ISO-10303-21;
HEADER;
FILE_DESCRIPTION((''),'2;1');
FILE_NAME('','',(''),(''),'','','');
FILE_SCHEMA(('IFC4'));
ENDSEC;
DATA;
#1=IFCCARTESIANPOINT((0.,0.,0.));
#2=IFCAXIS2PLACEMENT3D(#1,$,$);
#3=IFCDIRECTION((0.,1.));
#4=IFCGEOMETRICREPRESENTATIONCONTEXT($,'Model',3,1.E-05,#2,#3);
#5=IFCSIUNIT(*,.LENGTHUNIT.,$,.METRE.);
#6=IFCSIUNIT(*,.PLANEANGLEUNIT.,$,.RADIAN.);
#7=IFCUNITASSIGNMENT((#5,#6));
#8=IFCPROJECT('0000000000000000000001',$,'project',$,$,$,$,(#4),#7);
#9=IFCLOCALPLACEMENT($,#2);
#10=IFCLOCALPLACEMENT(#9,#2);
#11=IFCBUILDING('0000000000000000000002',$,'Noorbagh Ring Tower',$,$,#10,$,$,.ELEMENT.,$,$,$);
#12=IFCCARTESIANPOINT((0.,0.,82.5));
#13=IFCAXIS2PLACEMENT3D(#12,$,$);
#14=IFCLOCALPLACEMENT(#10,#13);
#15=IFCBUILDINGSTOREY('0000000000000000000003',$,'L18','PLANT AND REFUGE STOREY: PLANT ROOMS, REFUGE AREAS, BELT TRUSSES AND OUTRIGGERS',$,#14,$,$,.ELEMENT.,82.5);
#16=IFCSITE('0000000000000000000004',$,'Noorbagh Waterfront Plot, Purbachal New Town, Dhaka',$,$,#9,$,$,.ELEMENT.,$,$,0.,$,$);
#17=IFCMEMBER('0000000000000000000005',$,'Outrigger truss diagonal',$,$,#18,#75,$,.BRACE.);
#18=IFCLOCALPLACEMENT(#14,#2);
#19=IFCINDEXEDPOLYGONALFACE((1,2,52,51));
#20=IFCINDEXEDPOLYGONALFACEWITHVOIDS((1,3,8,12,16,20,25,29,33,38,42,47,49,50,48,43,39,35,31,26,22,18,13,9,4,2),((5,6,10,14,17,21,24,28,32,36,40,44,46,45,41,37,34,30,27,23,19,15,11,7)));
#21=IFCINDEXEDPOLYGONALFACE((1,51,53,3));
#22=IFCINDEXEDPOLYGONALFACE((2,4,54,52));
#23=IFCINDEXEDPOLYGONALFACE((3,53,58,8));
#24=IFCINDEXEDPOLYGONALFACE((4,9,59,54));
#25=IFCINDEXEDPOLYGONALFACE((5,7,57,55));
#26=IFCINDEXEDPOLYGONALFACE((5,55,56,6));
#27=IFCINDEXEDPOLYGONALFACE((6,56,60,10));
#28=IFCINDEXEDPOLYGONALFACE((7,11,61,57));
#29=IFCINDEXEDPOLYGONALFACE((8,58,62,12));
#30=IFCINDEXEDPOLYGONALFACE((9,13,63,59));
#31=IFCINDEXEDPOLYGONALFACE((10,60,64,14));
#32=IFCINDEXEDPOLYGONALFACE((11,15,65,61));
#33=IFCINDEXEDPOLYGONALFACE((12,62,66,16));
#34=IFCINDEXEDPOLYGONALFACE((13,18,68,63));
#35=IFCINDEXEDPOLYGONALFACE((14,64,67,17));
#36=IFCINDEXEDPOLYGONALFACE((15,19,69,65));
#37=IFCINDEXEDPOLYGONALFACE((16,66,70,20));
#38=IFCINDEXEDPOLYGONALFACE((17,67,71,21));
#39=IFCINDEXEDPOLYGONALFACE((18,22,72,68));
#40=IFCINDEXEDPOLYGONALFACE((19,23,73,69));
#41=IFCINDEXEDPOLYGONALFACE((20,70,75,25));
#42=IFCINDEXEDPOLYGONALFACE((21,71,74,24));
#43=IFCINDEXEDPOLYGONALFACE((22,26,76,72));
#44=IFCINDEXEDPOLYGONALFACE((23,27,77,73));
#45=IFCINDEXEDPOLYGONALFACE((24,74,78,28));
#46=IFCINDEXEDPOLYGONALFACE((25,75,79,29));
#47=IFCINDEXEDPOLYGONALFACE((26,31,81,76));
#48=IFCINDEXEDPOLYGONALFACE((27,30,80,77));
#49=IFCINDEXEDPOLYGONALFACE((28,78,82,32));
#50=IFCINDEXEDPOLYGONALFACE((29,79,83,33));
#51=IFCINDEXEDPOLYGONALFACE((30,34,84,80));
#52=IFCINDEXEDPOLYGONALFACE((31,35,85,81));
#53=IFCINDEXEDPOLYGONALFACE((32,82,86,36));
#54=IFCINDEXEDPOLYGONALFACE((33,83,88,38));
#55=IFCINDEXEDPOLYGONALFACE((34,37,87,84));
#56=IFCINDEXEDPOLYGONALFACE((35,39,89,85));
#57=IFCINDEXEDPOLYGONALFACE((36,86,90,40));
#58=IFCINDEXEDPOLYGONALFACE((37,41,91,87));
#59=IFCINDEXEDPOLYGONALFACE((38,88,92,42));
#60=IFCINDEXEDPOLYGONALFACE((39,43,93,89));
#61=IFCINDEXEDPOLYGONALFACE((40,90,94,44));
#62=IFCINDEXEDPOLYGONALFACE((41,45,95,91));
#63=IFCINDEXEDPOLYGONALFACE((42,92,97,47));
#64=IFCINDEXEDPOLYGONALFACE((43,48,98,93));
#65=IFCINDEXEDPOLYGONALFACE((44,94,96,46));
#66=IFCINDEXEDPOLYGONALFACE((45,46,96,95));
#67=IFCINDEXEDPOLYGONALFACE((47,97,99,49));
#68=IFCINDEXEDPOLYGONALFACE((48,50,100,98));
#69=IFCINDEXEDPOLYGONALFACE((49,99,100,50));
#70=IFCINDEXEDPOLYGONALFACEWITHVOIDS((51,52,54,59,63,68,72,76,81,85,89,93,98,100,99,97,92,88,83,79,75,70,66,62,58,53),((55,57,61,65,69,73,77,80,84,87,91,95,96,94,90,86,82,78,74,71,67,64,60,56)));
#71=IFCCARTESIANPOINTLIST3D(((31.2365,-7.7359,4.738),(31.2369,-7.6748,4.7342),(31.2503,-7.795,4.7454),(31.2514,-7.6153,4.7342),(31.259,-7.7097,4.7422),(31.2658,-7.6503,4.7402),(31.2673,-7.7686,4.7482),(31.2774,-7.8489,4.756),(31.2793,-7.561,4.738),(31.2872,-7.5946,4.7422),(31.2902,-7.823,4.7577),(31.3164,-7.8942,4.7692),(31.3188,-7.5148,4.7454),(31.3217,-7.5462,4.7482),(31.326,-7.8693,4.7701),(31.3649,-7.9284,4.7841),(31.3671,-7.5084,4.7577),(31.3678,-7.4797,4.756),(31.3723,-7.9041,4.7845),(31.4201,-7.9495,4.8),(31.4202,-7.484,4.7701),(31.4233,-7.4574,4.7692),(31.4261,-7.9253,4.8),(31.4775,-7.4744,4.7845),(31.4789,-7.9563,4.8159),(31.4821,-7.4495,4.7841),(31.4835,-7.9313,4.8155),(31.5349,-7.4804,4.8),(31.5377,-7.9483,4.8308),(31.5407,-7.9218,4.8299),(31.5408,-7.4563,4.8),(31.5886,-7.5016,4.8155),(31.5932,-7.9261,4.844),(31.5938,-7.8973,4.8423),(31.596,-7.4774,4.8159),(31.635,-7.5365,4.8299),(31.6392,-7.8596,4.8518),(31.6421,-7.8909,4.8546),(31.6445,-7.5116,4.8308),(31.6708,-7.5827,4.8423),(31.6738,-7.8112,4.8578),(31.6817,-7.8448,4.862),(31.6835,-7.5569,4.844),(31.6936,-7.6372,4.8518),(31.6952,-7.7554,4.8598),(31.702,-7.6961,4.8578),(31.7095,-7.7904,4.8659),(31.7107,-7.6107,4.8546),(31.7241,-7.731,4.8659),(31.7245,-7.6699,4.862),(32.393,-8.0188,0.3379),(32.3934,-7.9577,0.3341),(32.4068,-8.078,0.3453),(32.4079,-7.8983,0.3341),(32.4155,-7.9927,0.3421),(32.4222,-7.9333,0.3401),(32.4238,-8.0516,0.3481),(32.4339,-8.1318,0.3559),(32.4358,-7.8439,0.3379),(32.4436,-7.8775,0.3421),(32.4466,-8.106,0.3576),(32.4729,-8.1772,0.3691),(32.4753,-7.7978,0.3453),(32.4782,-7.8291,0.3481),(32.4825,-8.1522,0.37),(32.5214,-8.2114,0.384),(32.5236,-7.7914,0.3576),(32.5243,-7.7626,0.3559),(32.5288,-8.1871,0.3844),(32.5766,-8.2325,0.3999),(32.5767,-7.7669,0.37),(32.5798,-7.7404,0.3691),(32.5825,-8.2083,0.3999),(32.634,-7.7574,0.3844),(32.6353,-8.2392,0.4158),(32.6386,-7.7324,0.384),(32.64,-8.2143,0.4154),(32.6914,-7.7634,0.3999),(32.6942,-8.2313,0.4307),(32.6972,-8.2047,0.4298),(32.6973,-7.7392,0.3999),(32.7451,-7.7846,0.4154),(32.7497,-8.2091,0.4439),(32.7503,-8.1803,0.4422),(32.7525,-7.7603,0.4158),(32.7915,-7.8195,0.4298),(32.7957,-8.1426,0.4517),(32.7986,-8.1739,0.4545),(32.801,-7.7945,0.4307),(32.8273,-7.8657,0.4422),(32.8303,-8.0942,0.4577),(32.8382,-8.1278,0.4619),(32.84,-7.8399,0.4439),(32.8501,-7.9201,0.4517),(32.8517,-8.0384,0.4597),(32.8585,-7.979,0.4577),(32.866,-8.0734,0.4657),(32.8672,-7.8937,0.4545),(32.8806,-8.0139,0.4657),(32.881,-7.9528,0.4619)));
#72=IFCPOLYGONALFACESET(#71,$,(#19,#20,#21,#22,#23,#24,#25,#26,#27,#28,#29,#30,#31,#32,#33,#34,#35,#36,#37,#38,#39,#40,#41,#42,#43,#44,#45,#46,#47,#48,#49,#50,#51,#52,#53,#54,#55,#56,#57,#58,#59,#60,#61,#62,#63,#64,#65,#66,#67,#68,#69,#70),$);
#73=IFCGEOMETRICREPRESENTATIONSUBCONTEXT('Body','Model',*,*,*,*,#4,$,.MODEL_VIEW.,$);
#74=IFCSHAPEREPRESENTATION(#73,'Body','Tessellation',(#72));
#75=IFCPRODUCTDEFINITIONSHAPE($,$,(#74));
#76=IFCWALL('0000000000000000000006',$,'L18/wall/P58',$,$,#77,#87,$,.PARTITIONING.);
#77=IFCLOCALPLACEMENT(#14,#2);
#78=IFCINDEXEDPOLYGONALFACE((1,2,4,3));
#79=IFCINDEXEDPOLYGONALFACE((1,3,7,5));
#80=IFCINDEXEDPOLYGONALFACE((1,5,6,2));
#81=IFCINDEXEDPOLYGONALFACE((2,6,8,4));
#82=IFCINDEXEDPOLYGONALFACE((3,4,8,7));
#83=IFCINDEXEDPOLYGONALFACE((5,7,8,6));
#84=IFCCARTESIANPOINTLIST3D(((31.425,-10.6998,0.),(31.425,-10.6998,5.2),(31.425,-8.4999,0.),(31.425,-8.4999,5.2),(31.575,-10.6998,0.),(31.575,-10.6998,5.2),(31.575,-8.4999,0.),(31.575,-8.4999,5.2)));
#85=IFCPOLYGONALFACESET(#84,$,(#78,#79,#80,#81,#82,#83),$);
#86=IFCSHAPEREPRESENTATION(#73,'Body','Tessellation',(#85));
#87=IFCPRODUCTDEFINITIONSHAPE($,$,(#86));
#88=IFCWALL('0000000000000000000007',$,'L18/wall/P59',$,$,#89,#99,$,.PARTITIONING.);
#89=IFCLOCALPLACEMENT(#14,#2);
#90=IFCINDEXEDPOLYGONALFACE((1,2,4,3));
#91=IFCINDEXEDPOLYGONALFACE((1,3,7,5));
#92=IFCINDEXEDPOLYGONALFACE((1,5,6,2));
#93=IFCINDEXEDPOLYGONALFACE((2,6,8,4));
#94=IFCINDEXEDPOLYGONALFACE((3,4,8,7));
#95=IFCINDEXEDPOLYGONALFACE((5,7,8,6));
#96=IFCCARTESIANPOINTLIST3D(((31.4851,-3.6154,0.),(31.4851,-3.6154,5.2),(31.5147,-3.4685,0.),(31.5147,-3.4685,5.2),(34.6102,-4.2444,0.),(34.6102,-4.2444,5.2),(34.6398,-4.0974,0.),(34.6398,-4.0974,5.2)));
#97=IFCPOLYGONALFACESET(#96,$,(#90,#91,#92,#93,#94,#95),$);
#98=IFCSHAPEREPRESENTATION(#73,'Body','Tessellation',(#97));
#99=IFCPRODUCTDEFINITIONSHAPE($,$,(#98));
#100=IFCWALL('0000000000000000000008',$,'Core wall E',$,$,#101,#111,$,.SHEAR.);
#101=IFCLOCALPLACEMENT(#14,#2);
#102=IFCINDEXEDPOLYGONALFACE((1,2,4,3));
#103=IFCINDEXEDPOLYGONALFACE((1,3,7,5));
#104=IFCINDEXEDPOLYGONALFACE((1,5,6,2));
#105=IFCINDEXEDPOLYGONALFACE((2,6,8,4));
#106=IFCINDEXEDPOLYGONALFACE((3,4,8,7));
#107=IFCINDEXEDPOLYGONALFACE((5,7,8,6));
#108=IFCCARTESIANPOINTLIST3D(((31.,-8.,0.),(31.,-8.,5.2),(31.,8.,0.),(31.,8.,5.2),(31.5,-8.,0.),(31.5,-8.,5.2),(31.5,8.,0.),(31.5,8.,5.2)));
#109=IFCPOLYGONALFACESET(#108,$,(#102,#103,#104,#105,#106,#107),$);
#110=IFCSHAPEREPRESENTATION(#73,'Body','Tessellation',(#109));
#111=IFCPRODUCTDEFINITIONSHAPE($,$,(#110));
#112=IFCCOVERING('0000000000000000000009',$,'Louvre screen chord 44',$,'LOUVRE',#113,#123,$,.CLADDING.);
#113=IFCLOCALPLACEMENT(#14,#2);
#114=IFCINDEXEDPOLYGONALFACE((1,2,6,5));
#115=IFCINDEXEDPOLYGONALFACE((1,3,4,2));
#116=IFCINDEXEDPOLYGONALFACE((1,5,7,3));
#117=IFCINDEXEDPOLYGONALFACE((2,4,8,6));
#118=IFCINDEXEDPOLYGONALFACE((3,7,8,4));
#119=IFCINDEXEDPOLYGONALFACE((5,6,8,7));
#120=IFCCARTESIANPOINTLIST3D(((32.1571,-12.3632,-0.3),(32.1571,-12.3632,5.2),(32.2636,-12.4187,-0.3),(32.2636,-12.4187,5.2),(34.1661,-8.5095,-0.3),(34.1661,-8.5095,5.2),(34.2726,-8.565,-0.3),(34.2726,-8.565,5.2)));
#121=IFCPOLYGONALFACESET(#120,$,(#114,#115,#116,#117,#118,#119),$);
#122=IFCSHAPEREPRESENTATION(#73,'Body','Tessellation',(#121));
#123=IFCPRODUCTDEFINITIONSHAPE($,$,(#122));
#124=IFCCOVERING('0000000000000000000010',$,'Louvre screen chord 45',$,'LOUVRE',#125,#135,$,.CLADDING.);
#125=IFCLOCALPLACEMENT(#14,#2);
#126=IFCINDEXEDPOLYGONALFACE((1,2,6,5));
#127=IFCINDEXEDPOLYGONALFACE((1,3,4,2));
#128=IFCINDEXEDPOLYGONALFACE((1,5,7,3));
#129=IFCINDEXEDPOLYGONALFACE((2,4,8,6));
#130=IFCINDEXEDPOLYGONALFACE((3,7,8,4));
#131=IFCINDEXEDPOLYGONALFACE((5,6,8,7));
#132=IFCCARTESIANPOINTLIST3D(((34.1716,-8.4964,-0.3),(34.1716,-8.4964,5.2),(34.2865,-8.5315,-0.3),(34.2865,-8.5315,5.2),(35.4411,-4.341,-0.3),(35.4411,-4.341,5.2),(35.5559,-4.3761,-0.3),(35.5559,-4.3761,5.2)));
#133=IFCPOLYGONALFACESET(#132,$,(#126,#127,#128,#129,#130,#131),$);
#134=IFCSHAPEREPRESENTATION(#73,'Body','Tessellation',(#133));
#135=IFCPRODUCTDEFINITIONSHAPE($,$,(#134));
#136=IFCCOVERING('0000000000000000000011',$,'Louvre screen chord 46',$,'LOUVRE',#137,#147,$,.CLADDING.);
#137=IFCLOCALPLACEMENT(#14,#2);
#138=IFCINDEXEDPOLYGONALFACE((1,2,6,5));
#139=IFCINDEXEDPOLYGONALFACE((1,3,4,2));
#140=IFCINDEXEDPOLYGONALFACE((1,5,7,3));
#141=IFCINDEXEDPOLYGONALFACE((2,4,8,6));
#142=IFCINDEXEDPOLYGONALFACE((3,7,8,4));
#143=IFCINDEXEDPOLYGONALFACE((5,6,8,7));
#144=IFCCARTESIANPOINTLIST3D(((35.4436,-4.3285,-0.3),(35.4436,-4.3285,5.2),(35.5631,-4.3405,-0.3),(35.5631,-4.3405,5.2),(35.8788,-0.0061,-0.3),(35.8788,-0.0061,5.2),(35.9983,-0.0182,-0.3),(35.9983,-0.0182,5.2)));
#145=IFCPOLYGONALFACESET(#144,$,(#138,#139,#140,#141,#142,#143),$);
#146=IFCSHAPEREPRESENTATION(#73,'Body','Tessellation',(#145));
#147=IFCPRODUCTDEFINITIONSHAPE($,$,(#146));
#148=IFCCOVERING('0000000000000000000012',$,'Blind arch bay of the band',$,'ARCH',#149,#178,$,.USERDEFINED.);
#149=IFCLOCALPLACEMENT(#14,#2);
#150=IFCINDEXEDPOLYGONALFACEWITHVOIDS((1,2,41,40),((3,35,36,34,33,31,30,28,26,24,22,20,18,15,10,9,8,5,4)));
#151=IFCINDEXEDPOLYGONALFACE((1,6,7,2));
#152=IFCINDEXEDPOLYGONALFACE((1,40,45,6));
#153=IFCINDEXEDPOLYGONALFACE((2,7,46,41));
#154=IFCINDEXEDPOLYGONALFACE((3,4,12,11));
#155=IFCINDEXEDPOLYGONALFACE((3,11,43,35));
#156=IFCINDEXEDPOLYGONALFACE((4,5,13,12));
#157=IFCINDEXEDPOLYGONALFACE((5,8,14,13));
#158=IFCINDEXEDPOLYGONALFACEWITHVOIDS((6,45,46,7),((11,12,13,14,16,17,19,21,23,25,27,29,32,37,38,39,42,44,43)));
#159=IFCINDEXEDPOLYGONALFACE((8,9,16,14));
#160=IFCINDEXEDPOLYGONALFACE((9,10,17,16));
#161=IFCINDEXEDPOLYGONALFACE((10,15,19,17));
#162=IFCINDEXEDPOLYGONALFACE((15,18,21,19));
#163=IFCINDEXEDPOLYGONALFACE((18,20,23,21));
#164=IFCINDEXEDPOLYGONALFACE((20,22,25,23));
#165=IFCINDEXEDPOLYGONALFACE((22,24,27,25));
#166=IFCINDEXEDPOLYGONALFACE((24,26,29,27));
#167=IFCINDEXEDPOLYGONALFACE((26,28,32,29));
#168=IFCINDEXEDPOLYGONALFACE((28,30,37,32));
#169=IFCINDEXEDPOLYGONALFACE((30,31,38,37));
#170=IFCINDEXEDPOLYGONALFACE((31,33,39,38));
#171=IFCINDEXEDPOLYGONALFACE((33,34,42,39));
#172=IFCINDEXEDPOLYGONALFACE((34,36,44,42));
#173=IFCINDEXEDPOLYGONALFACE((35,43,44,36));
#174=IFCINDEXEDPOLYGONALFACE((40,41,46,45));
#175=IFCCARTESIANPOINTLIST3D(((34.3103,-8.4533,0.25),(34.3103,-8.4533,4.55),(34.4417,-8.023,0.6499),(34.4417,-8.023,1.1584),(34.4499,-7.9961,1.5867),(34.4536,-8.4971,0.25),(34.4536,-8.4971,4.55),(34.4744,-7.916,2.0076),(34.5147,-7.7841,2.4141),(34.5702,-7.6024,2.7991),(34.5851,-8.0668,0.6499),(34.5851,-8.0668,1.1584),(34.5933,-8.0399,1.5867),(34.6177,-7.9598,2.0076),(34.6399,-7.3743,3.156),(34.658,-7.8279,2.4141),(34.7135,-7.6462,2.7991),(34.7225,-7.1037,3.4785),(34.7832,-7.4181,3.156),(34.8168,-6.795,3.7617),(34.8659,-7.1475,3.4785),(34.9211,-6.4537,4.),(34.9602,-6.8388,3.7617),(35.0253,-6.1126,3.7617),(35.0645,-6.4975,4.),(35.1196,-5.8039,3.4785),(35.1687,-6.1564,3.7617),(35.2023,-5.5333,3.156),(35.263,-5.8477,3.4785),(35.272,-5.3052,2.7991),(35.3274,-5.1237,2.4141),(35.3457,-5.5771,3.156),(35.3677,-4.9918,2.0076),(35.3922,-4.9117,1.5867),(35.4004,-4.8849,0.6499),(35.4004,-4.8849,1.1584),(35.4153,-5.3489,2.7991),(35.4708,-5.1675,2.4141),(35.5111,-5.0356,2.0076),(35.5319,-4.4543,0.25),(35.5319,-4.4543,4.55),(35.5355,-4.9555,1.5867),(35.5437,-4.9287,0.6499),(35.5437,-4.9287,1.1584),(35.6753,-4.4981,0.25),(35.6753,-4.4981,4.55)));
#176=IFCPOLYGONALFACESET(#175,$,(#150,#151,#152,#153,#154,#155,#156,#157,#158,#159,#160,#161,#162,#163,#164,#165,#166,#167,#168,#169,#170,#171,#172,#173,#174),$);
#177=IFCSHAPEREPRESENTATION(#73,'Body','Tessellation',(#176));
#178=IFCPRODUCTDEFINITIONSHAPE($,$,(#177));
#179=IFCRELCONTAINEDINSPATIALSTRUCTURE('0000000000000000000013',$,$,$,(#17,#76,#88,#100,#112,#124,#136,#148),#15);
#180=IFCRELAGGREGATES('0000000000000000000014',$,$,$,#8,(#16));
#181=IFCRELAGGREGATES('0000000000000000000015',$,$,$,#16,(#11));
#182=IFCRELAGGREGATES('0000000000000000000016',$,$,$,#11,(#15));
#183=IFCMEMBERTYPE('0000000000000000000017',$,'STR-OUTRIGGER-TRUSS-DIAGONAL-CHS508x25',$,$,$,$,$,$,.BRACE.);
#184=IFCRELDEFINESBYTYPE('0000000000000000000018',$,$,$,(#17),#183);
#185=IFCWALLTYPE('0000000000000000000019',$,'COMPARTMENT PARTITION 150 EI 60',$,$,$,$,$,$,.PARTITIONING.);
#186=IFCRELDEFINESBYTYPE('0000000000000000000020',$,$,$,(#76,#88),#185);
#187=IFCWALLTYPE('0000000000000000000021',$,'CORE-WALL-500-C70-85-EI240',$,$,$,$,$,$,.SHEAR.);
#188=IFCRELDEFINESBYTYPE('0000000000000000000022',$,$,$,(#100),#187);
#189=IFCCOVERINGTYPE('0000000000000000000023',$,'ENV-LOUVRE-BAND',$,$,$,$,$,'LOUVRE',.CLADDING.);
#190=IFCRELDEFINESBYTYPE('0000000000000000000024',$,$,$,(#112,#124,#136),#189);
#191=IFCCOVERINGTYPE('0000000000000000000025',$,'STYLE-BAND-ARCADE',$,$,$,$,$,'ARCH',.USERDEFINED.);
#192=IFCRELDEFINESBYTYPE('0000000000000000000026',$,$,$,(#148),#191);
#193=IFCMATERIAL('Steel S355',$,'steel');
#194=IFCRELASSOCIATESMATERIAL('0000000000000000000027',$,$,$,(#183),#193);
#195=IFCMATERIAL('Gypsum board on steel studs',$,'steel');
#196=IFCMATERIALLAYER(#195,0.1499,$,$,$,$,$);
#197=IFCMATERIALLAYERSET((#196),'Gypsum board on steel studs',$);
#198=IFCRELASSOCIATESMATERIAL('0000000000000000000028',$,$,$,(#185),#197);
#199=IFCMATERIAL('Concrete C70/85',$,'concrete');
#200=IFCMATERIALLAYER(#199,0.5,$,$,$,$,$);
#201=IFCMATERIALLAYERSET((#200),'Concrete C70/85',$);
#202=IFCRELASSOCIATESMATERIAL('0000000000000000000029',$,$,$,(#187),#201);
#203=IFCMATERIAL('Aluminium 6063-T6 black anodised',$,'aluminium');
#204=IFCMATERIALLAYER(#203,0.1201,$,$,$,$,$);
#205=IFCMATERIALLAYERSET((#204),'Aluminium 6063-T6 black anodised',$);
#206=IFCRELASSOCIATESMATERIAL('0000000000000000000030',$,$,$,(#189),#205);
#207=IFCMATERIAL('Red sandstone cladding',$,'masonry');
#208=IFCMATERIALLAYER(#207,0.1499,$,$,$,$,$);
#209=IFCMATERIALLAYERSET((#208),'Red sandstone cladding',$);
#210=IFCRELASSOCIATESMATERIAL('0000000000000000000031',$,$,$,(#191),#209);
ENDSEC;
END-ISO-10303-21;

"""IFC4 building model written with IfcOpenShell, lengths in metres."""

from ifc_helpers import new_model, si_unit, direction, frame, frame_2d, origin, origin_2d, place, context, subcontext, project, spatial, polyline, rectangle, hollow_circle, outline, extrude, material, layer, layer_set, material_profile, profile_set, type_object, element, save


model = new_model("IFC4")

# Units and contexts
model_context = context("Model", 3, precision=1e-05, world=origin(), true_north=direction((0.0, 1.0)))
body_context = subcontext(model_context, "Body", "Model", "MODEL_VIEW")
ifc_project = project(units=[si_unit("LENGTHUNIT", "METRE"), si_unit("PLANEANGLEUNIT", "RADIAN")], contexts=[model_context])

# Site, building, storey
site_placement = place(None, origin())
site = spatial("IfcSite", under=ifc_project, at=site_placement, Name="Noorbagh Waterfront Plot, Purbachal New Town, Dhaka", CompositionType="ELEMENT", RefElevation=0.0)
building_placement = place(site_placement, origin())
building = spatial("IfcBuilding", under=site, at=building_placement, Name="Noorbagh Ring Tower", CompositionType="ELEMENT")
storey_placement = place(building_placement, frame((0.0, 0.0, 82.5)))
storey = spatial("IfcBuildingStorey", under=building, at=storey_placement, Name="L18", Description="PLANT AND REFUGE STOREY: PLANT ROOMS, REFUGE AREAS, BELT TRUSSES AND OUTRIGGERS", CompositionType="ELEMENT", Elevation=82.5)

# Member
ifc_material_1 = material(Name="Steel S355", Category="steel")
ifc_material_profile_1 = material_profile(ifc_material_1, hollow_circle(Radius=0.2539, WallThickness=0.0249, at=origin_2d()), Name="CHS508x25")
ifc_profile_set_1 = profile_set([ifc_material_profile_1], Name="Steel S355")
member_type_1 = type_object("IfcMemberType", Name="STR-OUTRIGGER-TRUSS-DIAGONAL-CHS508x25", PredefinedType="BRACE", material=ifc_profile_set_1)
member_1_placement = place(storey_placement, frame((32.637, -7.9858, 0.3999), z_axis=(-0.253707, 0.062074, 0.965287), x_axis=(-0.237659, -0.971349, 0.0)))
element("IfcMember", 1, at=member_1_placement, inside=storey, type_object=member_type_1, Name="Outrigger truss diagonal", PredefinedType="BRACE", context=body_context, shape_type="SweptSolid", body=[
    extrude(hollow_circle(Radius=0.2539, WallThickness=0.0249, at=origin_2d()), origin(), (0.0, 0.0, 1.0), 4.5583),
])

# Walls
ifc_material_2 = material(Name="Gypsum board on steel studs", Category="steel")
ifc_layer_1 = layer(ifc_material_2, 0.1499)
ifc_layer_set_1 = layer_set([ifc_layer_1], Name="Gypsum board on steel studs")
wall_type_1 = type_object("IfcWallType", Name="COMPARTMENT PARTITION 150 EI 60", PredefinedType="PARTITIONING", material=ifc_layer_set_1)
wall_1_placement = place(storey_placement, frame((31.5, -10.7, 0.0), z_axis=(0.0, 0.0, 1.0), x_axis=(0.0, 1.0, 0.0)))
element("IfcWall", 2, at=wall_1_placement, inside=storey, type_object=wall_type_1, Name="L18/wall/P58", PredefinedType="PARTITIONING", context=body_context, shape_type="SweptSolid", body=[
    extrude(rectangle(XDim=2.2, YDim=0.1499, at=frame_2d((1.1001, 0.0))), origin(), (0.0, 0.0, 1.0), 5.2),
])
wall_2_placement = place(storey_placement, frame((31.5, -3.542, 0.0), z_axis=(0.0, 0.0, 1.0), x_axis=(0.980344, -0.197294, 0.0)))
element("IfcWall", 3, at=wall_2_placement, inside=storey, type_object=wall_type_1, Name="L18/wall/P59", PredefinedType="PARTITIONING", context=body_context, shape_type="SweptSolid", body=[
    extrude(rectangle(XDim=3.1877, YDim=0.1499, at=frame_2d((1.5938, 0.0))), origin(), (0.0, 0.0, 1.0), 5.2),
])
ifc_material_3 = material(Name="Concrete C70/85", Category="concrete")
ifc_layer_2 = layer(ifc_material_3, 0.5)
ifc_layer_set_2 = layer_set([ifc_layer_2], Name="Concrete C70/85")
wall_type_2 = type_object("IfcWallType", Name="CORE-WALL-500-C70-85-EI240", PredefinedType="SHEAR", material=ifc_layer_set_2)
wall_3_placement = place(storey_placement, frame((31.25, -8.0, 0.0), z_axis=(0.0, 0.0, 1.0), x_axis=(0.0, 1.0, 0.0)))
element("IfcWall", 4, at=wall_3_placement, inside=storey, type_object=wall_type_2, Name="Core wall E", PredefinedType="SHEAR", context=body_context, shape_type="SweptSolid", body=[
    extrude(rectangle(XDim=16.0, YDim=0.5, at=frame_2d((8.0, 0.0))), origin(), (0.0, 0.0, 1.0), 5.2),
])

# Coverings
ifc_material_4 = material(Name="Aluminium 6063-T6 black anodised", Category="aluminium")
ifc_layer_3 = layer(ifc_material_4, 0.1201)
ifc_layer_set_3 = layer_set([ifc_layer_3], Name="Aluminium 6063-T6 black anodised")
covering_type_1 = type_object("IfcCoveringType", Name="ENV-LOUVRE-BAND", ElementType="LOUVRE", PredefinedType="CLADDING", material=ifc_layer_set_3)
covering_1_placement = place(storey_placement, frame((33.2148, -10.4641, -0.3), z_axis=(0.0, 0.0, 1.0), x_axis=(0.462278, 0.886735, 0.0)))
element("IfcCovering", 5, at=covering_1_placement, inside=storey, type_object=covering_type_1, Name="Louvre screen chord 44", ObjectType="LOUVRE", PredefinedType="CLADDING", context=body_context, shape_type="SweptSolid", body=[
    extrude(rectangle(XDim=4.3459, YDim=0.1201, at=origin_2d()), origin(), (0.0, 0.0, 1.0), 5.5),
])
covering_2_placement = place(storey_placement, frame((34.8638, -6.4363, -0.3), z_axis=(0.0, 0.0, 1.0), x_axis=(0.29217, 0.956366, 0.0)))
element("IfcCovering", 6, at=covering_2_placement, inside=storey, type_object=covering_type_1, Name="Louvre screen chord 45", ObjectType="LOUVRE", PredefinedType="CLADDING", context=body_context, shape_type="SweptSolid", body=[
    extrude(rectangle(XDim=4.345, YDim=0.1201, at=origin_2d()), origin(), (0.0, 0.0, 1.0), 5.5),
])
covering_3_placement = place(storey_placement, frame((35.7209, -2.1733, -0.3), z_axis=(0.0, 0.0, 1.0), x_axis=(0.100178, 0.99497, 0.0)))
element("IfcCovering", 7, at=covering_3_placement, inside=storey, type_object=covering_type_1, Name="Louvre screen chord 46", ObjectType="LOUVRE", PredefinedType="CLADDING", context=body_context, shape_type="SweptSolid", body=[
    extrude(rectangle(XDim=4.3442, YDim=0.1201, at=origin_2d()), origin(), (0.0, 0.0, 1.0), 5.5),
])
ifc_material_5 = material(Name="Red sandstone cladding", Category="masonry")
ifc_layer_4 = layer(ifc_material_5, 0.1499)
ifc_layer_set_4 = layer_set([ifc_layer_4], Name="Red sandstone cladding")
covering_type_2 = type_object("IfcCoveringType", Name="STYLE-BAND-ARCADE", ElementType="ARCH", PredefinedType="USERDEFINED", material=ifc_layer_set_4)
covering_4_placement = place(storey_placement, frame((34.4536, -8.4971, 0.25), z_axis=(0.956368, -0.292165, 0.0), x_axis=(0.292165, 0.956368, 0.0)))
element("IfcCovering", 8, at=covering_4_placement, inside=storey, type_object=covering_type_2, Name="Blind arch bay of the band", ObjectType="ARCH", PredefinedType="USERDEFINED", context=body_context, shape_type="SweptSolid", body=[
    extrude(outline(polyline([(0.0, 0.0), (4.1814, 0.0), (4.1814, 4.3), (0.0, 4.3), (0.0, 0.0)]), holes=[polyline([(0.45, 0.3999), (0.45, 0.9084), (0.478, 1.3367), (0.5618, 1.7576), (0.6997, 2.1641), (0.8896, 2.5491), (1.1282, 2.906), (1.4111, 3.2285), (1.7339, 3.5117), (2.0908, 3.75), (2.4475, 3.5117), (2.7703, 3.2285), (3.0532, 2.906), (3.2917, 2.5491), (3.4814, 2.1641), (3.6194, 1.7576), (3.7031, 1.3367), (3.7312, 0.9084), (3.7312, 0.3999), (0.45, 0.3999)])]), origin(), (0.0, 0.0, -1.0), 0.1499),
])

save(model, "model.ifc")
